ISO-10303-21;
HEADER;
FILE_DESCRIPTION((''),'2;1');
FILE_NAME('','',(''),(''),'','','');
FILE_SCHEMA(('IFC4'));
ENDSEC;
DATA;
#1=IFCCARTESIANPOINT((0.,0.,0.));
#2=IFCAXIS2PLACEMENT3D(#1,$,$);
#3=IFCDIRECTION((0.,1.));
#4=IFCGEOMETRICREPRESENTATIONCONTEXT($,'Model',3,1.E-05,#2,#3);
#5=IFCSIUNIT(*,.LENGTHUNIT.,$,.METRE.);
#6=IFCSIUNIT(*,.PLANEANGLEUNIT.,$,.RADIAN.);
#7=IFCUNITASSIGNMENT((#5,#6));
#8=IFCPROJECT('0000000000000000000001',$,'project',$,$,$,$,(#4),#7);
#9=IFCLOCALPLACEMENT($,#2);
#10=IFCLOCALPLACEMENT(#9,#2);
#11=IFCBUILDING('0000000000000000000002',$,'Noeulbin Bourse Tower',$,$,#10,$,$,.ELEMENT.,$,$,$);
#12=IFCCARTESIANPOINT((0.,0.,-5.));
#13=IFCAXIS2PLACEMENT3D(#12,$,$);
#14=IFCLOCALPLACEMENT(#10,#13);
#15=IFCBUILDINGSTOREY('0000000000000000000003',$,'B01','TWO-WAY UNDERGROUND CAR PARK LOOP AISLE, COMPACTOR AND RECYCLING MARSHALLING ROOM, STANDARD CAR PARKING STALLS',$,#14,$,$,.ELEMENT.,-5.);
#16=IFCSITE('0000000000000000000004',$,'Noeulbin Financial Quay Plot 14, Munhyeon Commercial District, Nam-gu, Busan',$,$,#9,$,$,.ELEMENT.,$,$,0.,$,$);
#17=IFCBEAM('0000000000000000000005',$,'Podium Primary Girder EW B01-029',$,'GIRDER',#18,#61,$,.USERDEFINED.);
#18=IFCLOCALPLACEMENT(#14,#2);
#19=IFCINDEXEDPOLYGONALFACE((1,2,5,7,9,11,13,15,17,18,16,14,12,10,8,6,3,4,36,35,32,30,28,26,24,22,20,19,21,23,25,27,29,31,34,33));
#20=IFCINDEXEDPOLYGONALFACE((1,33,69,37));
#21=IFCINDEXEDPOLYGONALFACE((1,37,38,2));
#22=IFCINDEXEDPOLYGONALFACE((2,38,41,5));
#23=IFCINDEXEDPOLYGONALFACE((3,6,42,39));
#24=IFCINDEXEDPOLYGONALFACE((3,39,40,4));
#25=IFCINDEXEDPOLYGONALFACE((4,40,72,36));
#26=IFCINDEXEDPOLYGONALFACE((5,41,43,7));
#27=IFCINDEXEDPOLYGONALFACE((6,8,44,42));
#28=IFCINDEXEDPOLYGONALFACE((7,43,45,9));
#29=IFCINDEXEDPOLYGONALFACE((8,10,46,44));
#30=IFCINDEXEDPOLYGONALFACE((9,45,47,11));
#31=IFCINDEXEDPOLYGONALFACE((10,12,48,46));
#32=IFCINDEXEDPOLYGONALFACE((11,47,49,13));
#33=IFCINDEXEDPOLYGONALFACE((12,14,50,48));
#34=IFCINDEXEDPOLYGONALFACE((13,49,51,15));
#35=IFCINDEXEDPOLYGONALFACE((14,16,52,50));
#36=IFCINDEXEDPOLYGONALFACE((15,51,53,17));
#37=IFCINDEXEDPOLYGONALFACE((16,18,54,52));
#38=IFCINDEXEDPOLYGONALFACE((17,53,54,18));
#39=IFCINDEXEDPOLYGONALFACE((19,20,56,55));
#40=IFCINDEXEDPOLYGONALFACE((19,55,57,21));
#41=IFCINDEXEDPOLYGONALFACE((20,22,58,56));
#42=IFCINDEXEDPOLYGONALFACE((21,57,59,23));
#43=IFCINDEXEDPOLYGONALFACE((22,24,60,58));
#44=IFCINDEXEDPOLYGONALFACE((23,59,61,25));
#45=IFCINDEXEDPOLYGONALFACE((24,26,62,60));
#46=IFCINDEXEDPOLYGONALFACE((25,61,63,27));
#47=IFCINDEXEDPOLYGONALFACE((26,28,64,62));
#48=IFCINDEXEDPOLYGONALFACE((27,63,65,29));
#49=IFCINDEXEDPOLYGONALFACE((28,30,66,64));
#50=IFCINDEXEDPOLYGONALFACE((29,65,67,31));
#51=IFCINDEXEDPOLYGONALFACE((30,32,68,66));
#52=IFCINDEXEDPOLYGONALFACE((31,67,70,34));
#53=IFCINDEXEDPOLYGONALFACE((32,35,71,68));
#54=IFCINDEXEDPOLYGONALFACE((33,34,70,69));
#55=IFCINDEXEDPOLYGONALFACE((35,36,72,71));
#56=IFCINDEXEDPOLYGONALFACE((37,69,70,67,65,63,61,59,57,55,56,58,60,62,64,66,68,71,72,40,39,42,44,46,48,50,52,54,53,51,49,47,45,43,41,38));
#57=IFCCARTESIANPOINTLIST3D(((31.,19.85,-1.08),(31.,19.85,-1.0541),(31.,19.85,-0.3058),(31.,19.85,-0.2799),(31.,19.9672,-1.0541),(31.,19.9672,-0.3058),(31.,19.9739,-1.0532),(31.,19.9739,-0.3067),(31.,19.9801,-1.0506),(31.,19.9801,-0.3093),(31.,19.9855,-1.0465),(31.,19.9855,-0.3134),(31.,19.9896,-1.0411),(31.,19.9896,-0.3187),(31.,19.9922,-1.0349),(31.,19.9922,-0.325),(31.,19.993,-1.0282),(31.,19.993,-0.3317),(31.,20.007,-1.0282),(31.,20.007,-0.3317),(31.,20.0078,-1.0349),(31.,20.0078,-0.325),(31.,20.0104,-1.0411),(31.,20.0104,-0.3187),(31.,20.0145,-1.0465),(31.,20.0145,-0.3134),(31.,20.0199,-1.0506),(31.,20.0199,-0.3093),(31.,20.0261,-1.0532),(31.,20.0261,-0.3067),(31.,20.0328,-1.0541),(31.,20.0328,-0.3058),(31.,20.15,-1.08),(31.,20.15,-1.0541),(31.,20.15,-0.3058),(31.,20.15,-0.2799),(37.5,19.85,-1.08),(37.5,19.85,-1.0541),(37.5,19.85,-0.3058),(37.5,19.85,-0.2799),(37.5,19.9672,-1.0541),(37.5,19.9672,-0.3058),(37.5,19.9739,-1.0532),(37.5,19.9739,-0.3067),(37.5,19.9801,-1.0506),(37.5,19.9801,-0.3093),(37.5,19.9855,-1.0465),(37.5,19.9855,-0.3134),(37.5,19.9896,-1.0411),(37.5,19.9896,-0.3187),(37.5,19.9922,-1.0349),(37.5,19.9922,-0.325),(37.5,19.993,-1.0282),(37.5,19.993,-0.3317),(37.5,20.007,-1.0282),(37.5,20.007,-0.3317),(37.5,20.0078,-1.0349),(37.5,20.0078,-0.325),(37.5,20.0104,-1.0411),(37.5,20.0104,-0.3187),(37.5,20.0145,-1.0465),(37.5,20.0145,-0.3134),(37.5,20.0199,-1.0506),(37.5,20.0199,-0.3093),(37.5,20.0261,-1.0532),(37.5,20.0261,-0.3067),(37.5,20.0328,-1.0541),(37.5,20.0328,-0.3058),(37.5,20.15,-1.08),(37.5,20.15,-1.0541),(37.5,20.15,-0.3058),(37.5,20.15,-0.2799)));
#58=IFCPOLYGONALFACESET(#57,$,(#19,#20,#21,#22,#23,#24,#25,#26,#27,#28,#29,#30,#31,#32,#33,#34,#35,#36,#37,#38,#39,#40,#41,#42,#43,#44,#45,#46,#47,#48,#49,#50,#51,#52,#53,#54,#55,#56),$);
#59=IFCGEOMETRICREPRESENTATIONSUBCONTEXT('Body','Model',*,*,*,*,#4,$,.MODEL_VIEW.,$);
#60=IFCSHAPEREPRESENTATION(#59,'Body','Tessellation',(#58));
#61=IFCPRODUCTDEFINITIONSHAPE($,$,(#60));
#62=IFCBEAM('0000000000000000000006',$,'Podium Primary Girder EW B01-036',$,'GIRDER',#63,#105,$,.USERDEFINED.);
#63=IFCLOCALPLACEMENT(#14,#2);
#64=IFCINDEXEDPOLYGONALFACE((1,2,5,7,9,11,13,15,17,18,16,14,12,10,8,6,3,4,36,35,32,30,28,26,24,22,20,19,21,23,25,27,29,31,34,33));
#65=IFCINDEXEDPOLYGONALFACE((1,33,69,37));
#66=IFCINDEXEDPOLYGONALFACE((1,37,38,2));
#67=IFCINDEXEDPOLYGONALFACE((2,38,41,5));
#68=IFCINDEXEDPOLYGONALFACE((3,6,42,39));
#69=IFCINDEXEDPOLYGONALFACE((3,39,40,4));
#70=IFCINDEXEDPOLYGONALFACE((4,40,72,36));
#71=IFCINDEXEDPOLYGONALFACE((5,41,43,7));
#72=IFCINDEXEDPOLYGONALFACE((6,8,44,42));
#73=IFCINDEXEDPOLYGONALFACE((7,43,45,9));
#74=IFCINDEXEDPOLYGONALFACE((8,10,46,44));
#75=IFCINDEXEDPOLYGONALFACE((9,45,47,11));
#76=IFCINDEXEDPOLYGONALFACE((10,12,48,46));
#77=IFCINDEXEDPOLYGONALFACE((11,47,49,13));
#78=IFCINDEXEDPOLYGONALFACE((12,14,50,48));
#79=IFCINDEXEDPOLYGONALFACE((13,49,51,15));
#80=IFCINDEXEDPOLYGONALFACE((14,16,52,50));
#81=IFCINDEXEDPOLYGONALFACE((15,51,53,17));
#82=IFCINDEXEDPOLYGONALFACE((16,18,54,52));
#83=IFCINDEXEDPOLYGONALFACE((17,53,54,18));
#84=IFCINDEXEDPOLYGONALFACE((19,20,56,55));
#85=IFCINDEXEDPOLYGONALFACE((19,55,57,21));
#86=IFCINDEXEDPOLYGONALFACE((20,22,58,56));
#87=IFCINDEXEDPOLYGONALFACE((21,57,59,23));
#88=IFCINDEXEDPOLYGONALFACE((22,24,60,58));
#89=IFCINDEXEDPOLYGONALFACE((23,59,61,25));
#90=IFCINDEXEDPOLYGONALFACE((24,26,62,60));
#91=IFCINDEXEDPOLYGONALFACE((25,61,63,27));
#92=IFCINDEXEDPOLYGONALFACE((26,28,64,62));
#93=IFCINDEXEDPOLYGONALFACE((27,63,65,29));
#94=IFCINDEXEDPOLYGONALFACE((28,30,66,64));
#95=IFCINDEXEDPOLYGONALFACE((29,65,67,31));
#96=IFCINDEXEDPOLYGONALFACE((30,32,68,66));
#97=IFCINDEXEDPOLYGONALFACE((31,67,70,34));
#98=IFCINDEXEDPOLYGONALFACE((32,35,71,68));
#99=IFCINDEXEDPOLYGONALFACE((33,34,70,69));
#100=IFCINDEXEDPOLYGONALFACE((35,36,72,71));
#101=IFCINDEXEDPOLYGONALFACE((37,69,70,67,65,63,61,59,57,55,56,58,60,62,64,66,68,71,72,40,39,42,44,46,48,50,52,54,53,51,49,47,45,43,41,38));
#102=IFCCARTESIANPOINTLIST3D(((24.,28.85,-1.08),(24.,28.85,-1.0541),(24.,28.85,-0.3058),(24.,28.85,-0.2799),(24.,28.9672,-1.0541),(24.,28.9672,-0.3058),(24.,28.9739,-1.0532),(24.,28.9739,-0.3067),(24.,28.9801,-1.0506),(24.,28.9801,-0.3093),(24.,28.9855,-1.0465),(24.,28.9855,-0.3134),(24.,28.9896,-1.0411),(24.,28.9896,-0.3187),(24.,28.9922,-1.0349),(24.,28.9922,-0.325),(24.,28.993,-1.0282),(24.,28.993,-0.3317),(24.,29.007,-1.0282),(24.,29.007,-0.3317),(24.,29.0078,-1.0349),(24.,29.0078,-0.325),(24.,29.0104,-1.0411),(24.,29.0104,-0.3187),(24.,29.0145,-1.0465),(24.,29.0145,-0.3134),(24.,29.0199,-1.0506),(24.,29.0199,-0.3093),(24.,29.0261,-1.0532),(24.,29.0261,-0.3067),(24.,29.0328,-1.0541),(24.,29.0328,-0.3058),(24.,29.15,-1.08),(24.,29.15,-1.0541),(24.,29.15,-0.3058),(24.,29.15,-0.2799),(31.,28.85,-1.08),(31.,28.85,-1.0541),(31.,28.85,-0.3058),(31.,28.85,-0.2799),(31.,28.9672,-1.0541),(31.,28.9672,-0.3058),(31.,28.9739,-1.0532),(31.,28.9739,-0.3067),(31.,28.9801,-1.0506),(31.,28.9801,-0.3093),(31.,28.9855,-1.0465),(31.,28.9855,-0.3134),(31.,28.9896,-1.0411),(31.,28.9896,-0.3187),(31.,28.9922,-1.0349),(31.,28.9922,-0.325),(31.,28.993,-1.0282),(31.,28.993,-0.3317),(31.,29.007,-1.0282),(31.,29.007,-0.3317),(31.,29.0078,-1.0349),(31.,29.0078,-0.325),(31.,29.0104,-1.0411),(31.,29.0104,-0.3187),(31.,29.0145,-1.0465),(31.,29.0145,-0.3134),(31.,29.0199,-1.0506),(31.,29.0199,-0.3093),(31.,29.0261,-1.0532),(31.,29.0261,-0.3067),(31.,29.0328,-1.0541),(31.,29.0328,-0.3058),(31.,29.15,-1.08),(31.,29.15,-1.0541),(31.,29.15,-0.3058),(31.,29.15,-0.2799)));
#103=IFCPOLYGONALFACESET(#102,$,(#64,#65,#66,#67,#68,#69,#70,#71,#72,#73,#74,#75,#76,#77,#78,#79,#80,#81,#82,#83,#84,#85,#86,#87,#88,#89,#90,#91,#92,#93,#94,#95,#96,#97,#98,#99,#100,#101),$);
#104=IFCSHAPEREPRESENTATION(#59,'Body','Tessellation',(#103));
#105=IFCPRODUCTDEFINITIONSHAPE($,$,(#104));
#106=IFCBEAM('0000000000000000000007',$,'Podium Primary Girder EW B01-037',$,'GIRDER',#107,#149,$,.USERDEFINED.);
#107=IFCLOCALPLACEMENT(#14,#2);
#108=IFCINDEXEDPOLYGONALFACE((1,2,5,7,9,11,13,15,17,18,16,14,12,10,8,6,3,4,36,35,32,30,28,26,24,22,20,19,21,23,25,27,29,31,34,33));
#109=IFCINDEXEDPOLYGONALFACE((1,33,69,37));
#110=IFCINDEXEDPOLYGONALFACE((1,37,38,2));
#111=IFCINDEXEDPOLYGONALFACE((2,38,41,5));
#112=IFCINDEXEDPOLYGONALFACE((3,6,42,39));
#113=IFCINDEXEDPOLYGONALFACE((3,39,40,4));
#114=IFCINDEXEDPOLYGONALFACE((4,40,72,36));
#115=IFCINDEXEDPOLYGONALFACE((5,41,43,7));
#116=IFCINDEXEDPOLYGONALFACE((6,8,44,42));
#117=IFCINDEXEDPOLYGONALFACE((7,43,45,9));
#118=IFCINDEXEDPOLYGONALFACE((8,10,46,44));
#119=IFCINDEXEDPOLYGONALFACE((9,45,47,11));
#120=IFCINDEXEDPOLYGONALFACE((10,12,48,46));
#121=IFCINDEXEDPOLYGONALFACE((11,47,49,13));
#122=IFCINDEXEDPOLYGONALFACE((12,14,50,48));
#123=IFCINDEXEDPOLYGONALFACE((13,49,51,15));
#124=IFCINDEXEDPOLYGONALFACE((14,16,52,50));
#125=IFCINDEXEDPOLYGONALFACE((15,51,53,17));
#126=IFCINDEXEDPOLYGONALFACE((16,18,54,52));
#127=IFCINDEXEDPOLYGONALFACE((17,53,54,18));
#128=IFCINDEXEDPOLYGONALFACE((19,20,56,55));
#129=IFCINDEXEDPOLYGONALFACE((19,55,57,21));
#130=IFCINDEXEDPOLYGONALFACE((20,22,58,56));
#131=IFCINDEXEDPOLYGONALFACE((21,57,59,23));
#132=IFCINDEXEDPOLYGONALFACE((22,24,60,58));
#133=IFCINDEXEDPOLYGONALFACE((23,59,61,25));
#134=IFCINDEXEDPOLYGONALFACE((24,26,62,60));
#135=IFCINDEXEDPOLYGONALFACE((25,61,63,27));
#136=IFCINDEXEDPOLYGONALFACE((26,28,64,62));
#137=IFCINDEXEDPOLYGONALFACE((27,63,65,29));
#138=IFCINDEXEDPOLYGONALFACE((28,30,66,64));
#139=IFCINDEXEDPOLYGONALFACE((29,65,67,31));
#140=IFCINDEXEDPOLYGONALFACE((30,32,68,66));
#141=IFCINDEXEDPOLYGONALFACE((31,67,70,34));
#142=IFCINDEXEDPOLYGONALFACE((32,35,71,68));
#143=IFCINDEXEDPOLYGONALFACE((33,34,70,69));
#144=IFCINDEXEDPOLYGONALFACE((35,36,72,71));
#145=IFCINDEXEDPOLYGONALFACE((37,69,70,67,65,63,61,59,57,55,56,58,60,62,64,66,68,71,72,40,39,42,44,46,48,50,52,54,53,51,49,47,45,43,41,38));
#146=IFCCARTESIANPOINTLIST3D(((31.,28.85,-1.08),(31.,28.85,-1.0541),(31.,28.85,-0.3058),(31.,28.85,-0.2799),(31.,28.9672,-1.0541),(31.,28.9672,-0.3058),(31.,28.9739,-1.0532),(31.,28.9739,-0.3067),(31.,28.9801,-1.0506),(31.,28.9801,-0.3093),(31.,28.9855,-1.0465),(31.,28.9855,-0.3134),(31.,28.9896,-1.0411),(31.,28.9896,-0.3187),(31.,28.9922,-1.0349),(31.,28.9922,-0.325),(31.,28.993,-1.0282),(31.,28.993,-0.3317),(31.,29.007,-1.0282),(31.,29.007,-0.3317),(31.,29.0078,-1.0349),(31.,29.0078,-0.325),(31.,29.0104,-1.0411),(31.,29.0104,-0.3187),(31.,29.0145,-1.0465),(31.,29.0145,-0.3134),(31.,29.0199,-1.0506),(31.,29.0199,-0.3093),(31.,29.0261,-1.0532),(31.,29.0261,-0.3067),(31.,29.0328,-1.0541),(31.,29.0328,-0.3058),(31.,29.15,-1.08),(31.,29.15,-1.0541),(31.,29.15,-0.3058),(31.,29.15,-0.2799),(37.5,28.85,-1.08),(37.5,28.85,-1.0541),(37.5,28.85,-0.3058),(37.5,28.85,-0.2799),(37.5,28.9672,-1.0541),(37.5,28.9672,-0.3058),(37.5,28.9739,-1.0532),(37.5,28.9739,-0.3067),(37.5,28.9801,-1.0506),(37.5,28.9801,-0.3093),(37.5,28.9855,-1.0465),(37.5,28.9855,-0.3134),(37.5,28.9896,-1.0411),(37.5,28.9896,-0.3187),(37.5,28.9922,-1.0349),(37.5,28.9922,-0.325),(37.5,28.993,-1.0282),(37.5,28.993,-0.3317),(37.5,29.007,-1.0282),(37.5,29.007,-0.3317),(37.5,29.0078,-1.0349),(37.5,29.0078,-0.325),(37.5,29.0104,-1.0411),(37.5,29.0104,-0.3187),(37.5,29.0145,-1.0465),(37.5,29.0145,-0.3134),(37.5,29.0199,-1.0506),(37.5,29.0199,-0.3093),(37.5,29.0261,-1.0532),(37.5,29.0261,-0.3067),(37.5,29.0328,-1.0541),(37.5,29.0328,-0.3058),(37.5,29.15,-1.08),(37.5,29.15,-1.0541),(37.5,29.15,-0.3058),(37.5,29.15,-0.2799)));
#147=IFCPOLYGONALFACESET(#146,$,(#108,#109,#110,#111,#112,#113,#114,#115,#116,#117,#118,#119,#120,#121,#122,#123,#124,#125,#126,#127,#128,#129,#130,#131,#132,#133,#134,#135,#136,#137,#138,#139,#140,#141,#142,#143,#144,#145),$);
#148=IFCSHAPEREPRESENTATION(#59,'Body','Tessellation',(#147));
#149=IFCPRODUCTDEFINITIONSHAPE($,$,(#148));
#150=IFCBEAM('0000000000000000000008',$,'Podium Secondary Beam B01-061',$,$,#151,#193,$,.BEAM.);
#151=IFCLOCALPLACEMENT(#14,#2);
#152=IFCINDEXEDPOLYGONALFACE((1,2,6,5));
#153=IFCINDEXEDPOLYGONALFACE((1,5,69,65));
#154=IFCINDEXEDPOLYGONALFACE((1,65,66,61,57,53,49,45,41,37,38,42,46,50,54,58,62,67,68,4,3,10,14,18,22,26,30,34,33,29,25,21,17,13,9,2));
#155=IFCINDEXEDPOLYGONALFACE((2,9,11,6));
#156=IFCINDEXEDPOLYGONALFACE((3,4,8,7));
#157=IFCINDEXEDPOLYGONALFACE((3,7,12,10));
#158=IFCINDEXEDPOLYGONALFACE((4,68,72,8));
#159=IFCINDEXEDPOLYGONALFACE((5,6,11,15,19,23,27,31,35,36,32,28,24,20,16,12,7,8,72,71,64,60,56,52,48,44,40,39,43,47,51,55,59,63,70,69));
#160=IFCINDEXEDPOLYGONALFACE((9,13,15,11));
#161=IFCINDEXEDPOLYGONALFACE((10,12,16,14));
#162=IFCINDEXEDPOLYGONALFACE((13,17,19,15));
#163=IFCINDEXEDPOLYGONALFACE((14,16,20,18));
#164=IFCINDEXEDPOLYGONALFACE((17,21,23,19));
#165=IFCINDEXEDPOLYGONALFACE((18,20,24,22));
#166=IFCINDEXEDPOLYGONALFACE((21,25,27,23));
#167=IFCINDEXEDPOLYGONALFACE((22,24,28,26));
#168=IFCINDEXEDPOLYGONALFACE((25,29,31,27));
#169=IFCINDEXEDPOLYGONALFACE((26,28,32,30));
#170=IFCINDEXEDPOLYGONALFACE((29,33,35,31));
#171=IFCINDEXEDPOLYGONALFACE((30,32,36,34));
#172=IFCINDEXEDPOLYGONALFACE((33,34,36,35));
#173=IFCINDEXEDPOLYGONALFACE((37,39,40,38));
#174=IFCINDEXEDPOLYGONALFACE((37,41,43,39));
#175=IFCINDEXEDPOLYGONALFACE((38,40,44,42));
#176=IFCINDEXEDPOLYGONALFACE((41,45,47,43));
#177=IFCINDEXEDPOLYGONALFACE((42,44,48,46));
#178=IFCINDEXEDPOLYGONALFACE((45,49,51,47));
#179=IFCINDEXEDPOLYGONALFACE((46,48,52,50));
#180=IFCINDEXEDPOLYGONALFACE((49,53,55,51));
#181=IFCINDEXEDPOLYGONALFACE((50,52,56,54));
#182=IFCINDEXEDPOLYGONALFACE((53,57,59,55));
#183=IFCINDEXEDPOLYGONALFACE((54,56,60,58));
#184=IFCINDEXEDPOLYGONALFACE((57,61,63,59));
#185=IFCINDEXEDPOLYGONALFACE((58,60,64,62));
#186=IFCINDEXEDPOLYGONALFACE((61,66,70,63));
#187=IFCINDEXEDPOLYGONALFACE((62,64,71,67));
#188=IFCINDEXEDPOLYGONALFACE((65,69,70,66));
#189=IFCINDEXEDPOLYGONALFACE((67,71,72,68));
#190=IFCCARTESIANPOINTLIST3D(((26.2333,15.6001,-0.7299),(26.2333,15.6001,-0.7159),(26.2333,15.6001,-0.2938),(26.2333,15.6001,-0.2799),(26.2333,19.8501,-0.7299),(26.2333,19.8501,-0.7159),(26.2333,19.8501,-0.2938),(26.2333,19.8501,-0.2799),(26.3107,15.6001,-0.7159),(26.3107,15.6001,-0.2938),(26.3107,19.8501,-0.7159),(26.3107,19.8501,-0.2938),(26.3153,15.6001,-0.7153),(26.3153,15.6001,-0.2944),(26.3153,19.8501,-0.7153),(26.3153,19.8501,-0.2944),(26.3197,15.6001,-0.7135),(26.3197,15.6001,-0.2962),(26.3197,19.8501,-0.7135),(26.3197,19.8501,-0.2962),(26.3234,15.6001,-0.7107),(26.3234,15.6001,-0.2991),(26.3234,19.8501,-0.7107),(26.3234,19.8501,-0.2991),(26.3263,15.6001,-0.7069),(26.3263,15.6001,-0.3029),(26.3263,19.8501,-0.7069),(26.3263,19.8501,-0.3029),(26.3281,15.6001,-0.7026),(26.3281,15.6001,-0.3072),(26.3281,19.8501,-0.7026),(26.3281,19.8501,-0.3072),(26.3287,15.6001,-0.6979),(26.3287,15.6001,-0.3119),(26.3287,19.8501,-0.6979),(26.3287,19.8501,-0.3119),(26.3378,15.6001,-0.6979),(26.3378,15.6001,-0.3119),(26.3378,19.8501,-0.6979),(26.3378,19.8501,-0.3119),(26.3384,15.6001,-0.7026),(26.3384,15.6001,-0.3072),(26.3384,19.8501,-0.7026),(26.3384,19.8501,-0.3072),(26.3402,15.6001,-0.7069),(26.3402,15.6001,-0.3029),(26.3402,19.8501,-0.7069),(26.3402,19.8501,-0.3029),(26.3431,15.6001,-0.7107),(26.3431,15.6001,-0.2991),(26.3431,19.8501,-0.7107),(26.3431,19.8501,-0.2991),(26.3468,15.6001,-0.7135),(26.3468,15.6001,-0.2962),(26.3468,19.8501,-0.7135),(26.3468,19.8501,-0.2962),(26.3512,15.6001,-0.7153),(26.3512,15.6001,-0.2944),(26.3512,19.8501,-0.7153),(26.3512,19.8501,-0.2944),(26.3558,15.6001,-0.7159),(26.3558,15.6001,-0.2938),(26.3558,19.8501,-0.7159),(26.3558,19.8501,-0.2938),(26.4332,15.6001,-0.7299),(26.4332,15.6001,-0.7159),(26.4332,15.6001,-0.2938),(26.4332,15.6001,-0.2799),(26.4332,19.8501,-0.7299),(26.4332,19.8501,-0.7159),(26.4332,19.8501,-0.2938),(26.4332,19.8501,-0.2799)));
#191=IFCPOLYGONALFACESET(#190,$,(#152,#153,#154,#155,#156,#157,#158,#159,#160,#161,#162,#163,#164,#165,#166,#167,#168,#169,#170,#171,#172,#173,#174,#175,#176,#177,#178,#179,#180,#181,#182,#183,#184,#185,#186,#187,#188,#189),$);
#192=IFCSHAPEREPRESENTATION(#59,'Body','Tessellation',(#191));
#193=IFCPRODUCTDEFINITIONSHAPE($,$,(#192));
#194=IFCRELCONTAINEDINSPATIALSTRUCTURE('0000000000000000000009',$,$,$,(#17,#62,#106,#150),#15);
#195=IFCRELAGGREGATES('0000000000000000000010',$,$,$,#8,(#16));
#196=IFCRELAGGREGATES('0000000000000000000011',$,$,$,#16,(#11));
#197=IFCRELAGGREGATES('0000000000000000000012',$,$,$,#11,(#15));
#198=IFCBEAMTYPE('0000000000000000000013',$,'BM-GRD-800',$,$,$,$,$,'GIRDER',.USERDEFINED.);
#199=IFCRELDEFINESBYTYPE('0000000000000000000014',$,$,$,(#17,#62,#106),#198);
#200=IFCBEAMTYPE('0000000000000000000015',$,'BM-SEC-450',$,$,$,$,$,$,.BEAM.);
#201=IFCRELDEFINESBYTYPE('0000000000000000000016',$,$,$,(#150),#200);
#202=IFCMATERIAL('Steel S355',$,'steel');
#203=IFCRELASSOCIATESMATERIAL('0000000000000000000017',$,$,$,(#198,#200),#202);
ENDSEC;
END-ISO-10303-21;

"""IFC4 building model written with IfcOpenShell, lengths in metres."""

from ifc_helpers import new_model, si_unit, direction, frame, origin, origin_2d, place, context, subcontext, project, spatial, i_section, extrude, material, material_profile, profile_set, type_object, element, save


model = new_model("IFC4")

# Units and contexts
model_context = context("Model", 3, precision=1e-05, world=origin(), true_north=direction((0.0, 1.0)))
body_context = subcontext(model_context, "Body", "Model", "MODEL_VIEW")
ifc_project = project(units=[si_unit("LENGTHUNIT", "METRE"), si_unit("PLANEANGLEUNIT", "RADIAN")], contexts=[model_context])

# Site, building, storey
site_placement = place(None, origin())
site = spatial("IfcSite", under=ifc_project, at=site_placement, Name="Noeulbin Financial Quay Plot 14, Munhyeon Commercial District, Nam-gu, Busan", CompositionType="ELEMENT", RefElevation=0.0)
building_placement = place(site_placement, origin())
building = spatial("IfcBuilding", under=site, at=building_placement, Name="Noeulbin Bourse Tower", CompositionType="ELEMENT")
storey_placement = place(building_placement, frame((0.0, 0.0, -5.0)))
storey = spatial("IfcBuildingStorey", under=building, at=storey_placement, Name="B01", Description="TWO-WAY UNDERGROUND CAR PARK LOOP AISLE, COMPACTOR AND RECYCLING MARSHALLING ROOM, STANDARD CAR PARKING STALLS", CompositionType="ELEMENT", Elevation=-5.0)

# Beams
ifc_material_1 = material(Name="Steel S355", Category="steel")
ifc_material_profile_1 = material_profile(ifc_material_1, i_section(OverallWidth=0.3, OverallDepth=0.8, WebThickness=0.0139, FlangeThickness=0.0259, FilletRadius=0.0259, at=origin_2d()), Name="H-800x300x14x26", Category="LoadBearing")
ifc_profile_set_1 = profile_set([ifc_material_profile_1], Name="Steel S355")
beam_type_1 = type_object("IfcBeamType", Name="BM-GRD-800", ElementType="GIRDER", PredefinedType="USERDEFINED", material=ifc_profile_set_1)
beam_1_placement = place(storey_placement, frame((31.0, 20.0, -0.6799), z_axis=(1.0, 0.0, 0.0), x_axis=(0.0, 1.0, 0.0)))
element("IfcBeam", 1, at=beam_1_placement, inside=storey, type_object=beam_type_1, Name="Podium Primary Girder EW B01-029", ObjectType="GIRDER", PredefinedType="USERDEFINED", context=body_context, shape_type="SweptSolid", body=[
    extrude(i_section(OverallWidth=0.3, OverallDepth=0.8, WebThickness=0.0139, FlangeThickness=0.0259, FilletRadius=0.0259, at=origin_2d()), origin(), (0.0, 0.0, 1.0), 6.5),
])
beam_2_placement = place(storey_placement, frame((24.0, 29.0, -0.6799), z_axis=(1.0, 0.0, 0.0), x_axis=(0.0, 1.0, 0.0)))
element("IfcBeam", 2, at=beam_2_placement, inside=storey, type_object=beam_type_1, Name="Podium Primary Girder EW B01-036", ObjectType="GIRDER", PredefinedType="USERDEFINED", context=body_context, shape_type="SweptSolid", body=[
    extrude(i_section(OverallWidth=0.3, OverallDepth=0.8, WebThickness=0.0139, FlangeThickness=0.0259, FilletRadius=0.0259, at=origin_2d()), origin(), (0.0, 0.0, 1.0), 7.0),
])
beam_3_placement = place(storey_placement, frame((31.0, 29.0, -0.6799), z_axis=(1.0, 0.0, 0.0), x_axis=(0.0, 1.0, 0.0)))
element("IfcBeam", 3, at=beam_3_placement, inside=storey, type_object=beam_type_1, Name="Podium Primary Girder EW B01-037", ObjectType="GIRDER", PredefinedType="USERDEFINED", context=body_context, shape_type="SweptSolid", body=[
    extrude(i_section(OverallWidth=0.3, OverallDepth=0.8, WebThickness=0.0139, FlangeThickness=0.0259, FilletRadius=0.0259, at=origin_2d()), origin(), (0.0, 0.0, 1.0), 6.5),
])
ifc_material_profile_2 = material_profile(ifc_material_1, i_section(OverallWidth=0.2, OverallDepth=0.45, WebThickness=0.009, FlangeThickness=0.0139, FilletRadius=0.0181, at=origin_2d()), Name="H-450x200x9x14", Category="LoadBearing")
ifc_profile_set_2 = profile_set([ifc_material_profile_2], Name="Steel S355")
beam_type_2 = type_object("IfcBeamType", Name="BM-SEC-450", PredefinedType="BEAM", material=ifc_profile_set_2)
beam_4_placement = place(storey_placement, frame((26.3333, 15.6001, -0.5049), z_axis=(0.0, 1.0, 0.0), x_axis=(-1.0, 0.0, 0.0)))
element("IfcBeam", 4, at=beam_4_placement, inside=storey, type_object=beam_type_2, Name="Podium Secondary Beam B01-061", PredefinedType="BEAM", context=body_context, shape_type="SweptSolid", body=[
    extrude(i_section(OverallWidth=0.2, OverallDepth=0.45, WebThickness=0.009, FlangeThickness=0.0139, FilletRadius=0.0181, at=origin_2d()), origin(), (0.0, 0.0, 1.0), 4.25),
])

save(model, "model.ifc")
